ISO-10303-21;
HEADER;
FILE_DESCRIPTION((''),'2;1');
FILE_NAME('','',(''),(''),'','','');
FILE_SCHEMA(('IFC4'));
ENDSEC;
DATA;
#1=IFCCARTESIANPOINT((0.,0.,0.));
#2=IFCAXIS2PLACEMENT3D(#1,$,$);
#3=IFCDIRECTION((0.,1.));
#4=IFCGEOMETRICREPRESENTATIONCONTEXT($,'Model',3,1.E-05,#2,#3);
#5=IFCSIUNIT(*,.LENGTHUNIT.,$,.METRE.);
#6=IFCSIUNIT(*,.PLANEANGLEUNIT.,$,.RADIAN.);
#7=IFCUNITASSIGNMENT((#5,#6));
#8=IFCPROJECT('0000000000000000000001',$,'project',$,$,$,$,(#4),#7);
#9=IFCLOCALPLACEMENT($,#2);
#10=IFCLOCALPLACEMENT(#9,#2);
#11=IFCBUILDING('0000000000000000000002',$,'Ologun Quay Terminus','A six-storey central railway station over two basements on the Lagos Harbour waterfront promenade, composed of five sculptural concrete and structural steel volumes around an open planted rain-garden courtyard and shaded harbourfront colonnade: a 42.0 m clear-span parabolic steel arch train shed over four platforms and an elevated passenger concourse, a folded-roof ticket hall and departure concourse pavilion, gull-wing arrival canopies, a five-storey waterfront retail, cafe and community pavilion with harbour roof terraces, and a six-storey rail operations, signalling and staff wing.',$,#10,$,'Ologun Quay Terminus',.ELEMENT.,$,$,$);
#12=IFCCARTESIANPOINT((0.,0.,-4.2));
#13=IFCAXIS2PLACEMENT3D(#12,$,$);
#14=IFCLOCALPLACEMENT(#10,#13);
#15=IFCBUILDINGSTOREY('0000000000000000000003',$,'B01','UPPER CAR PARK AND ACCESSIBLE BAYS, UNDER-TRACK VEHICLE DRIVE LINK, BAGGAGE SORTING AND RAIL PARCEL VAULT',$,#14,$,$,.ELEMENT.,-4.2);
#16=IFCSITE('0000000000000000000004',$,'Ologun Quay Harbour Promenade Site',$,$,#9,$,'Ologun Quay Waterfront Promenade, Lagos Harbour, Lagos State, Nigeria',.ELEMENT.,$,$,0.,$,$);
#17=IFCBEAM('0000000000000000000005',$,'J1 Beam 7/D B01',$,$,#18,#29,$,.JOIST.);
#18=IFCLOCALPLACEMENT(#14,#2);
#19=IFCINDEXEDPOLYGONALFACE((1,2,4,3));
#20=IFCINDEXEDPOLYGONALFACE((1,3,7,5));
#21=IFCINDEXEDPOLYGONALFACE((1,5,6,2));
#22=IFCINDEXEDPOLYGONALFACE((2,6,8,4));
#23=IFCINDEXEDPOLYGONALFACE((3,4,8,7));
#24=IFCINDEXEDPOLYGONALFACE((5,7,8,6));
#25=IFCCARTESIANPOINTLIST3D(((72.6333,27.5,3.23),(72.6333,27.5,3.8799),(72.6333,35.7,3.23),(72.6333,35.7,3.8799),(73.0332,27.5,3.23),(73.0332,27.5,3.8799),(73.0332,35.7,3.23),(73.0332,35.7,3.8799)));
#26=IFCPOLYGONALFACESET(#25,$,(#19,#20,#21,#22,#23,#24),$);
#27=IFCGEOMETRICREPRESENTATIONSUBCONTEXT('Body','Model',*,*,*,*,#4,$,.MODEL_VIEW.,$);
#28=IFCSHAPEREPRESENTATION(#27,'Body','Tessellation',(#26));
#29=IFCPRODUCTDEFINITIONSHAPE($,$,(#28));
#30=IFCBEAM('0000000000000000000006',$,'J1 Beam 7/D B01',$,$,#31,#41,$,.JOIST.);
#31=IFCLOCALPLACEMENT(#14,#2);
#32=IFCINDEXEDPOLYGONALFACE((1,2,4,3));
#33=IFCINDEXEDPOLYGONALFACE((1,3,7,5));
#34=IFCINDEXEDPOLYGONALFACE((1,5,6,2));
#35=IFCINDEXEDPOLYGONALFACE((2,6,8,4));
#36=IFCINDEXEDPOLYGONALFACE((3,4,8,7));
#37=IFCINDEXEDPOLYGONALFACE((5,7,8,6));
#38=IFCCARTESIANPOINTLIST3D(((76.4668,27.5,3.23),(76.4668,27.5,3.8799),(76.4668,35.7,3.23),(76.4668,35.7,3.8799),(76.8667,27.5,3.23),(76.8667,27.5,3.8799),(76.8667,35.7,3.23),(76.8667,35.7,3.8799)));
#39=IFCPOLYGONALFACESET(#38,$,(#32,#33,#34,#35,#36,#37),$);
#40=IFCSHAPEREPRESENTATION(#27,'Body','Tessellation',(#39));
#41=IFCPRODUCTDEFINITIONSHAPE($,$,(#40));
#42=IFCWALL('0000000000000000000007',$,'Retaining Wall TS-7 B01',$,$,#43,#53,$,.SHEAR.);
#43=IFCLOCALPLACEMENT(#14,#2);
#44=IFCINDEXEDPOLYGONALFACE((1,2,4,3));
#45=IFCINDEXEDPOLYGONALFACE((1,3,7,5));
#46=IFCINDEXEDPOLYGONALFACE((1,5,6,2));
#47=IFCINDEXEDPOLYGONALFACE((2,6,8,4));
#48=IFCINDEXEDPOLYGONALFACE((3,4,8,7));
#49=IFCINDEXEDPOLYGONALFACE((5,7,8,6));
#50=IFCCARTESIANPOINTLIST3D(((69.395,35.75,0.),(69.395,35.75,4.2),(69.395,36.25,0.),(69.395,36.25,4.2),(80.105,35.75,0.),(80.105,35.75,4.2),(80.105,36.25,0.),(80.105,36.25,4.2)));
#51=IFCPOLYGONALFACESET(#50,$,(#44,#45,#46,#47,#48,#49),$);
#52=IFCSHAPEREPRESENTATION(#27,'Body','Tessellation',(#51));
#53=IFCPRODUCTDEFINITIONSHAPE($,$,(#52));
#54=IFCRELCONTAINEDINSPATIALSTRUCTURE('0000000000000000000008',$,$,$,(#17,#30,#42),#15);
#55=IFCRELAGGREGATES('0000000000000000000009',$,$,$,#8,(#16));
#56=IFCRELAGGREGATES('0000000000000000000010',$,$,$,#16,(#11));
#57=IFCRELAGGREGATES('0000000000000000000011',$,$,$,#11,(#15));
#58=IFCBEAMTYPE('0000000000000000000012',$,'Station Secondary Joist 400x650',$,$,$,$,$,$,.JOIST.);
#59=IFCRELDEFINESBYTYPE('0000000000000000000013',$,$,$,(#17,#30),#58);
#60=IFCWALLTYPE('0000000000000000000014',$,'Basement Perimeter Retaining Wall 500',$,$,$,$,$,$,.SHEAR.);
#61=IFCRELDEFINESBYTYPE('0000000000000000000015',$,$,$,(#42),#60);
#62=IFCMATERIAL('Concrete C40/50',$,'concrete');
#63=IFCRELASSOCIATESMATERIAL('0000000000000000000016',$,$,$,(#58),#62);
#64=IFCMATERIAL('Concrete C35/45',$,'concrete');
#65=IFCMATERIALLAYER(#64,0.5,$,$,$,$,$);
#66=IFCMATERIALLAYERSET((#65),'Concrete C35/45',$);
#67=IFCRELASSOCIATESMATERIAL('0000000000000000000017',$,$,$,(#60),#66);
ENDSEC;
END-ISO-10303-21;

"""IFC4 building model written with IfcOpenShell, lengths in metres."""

from ifc_helpers import new_model, si_unit, direction, frame, frame_2d, origin, origin_2d, place, context, subcontext, project, spatial, rectangle, extrude, material, layer, layer_set, material_profile, profile_set, type_object, element, save


model = new_model("IFC4")

# Units and contexts
model_context = context("Model", 3, precision=1e-05, world=origin(), true_north=direction((0.0, 1.0)))
body_context = subcontext(model_context, "Body", "Model", "MODEL_VIEW")
ifc_project = project(units=[si_unit("LENGTHUNIT", "METRE"), si_unit("PLANEANGLEUNIT", "RADIAN")], contexts=[model_context])

# Site, building, storey
site_placement = place(None, origin())
site = spatial("IfcSite", under=ifc_project, at=site_placement, Name="Ologun Quay Harbour Promenade Site", LongName="Ologun Quay Waterfront Promenade, Lagos Harbour, Lagos State, Nigeria", CompositionType="ELEMENT", RefElevation=0.0)
building_placement = place(site_placement, origin())
building = spatial("IfcBuilding", under=site, at=building_placement, Name="Ologun Quay Terminus", Description="A six-storey central railway station over two basements on the Lagos Harbour waterfront promenade, composed of five sculptural concrete and structural steel volumes around an open planted rain-garden courtyard and shaded harbourfront colonnade: a 42.0 m clear-span parabolic steel arch train shed over four platforms and an elevated passenger concourse, a folded-roof ticket hall and departure concourse pavilion, gull-wing arrival canopies, a five-storey waterfront retail, cafe and community pavilion with harbour roof terraces, and a six-storey rail operations, signalling and staff wing.", LongName="Ologun Quay Terminus", CompositionType="ELEMENT")
storey_placement = place(building_placement, frame((0.0, 0.0, -4.2)))
storey = spatial("IfcBuildingStorey", under=building, at=storey_placement, Name="B01", Description="UPPER CAR PARK AND ACCESSIBLE BAYS, UNDER-TRACK VEHICLE DRIVE LINK, BAGGAGE SORTING AND RAIL PARCEL VAULT", CompositionType="ELEMENT", Elevation=-4.2)

# Beams
ifc_material_1 = material(Name="Concrete C40/50", Category="concrete")
ifc_material_profile_1 = material_profile(ifc_material_1, rectangle(XDim=0.3999, YDim=0.6499, at=origin_2d()), Name="RC 400x650")
ifc_profile_set_1 = profile_set([ifc_material_profile_1], Name="Concrete C40/50")
beam_type_1 = type_object("IfcBeamType", Name="Station Secondary Joist 400x650", PredefinedType="JOIST", material=ifc_profile_set_1)
for number, where, z_axis, x_axis, name in (
    (1, (72.8333, 27.5, 3.5549), (0.0, 1.0, 0.0), (-1.0, 0.0, 0.0), "J1 Beam 7/D B01"),
    (2, (76.6667, 27.5, 3.5549), (0.0, 1.0, 0.0), (-1.0, 0.0, 0.0), "J1 Beam 7/D B01"),
):
    element("IfcBeam", number, at=place(storey_placement, frame(where, z_axis=z_axis, x_axis=x_axis)), inside=storey, type_object=beam_type_1, Name=name, PredefinedType="JOIST", context=body_context, shape_type="SweptSolid", body=[
        extrude(rectangle(XDim=0.3999, YDim=0.6499, at=origin_2d()), origin(), (0.0, 0.0, 1.0), 8.2),
    ])

# Wall
ifc_material_2 = material(Name="Concrete C35/45", Category="concrete")
ifc_layer = layer(ifc_material_2, 0.5)
ifc_layer_set = layer_set([ifc_layer], Name="Concrete C35/45")
wall_type = type_object("IfcWallType", Name="Basement Perimeter Retaining Wall 500", PredefinedType="SHEAR", material=ifc_layer_set)
wall_placement = place(storey_placement, frame((69.395, 36.0, 0.0), z_axis=(0.0, 0.0, 1.0), x_axis=(1.0, 0.0, 0.0)))
element("IfcWall", 3, at=wall_placement, inside=storey, type_object=wall_type, Name="Retaining Wall TS-7 B01", PredefinedType="SHEAR", context=body_context, shape_type="SweptSolid", body=[
    extrude(rectangle(XDim=10.71, YDim=0.5, at=frame_2d((5.355, 0.0))), origin(), (0.0, 0.0, 1.0), 4.2),
])

save(model, "model.ifc")
